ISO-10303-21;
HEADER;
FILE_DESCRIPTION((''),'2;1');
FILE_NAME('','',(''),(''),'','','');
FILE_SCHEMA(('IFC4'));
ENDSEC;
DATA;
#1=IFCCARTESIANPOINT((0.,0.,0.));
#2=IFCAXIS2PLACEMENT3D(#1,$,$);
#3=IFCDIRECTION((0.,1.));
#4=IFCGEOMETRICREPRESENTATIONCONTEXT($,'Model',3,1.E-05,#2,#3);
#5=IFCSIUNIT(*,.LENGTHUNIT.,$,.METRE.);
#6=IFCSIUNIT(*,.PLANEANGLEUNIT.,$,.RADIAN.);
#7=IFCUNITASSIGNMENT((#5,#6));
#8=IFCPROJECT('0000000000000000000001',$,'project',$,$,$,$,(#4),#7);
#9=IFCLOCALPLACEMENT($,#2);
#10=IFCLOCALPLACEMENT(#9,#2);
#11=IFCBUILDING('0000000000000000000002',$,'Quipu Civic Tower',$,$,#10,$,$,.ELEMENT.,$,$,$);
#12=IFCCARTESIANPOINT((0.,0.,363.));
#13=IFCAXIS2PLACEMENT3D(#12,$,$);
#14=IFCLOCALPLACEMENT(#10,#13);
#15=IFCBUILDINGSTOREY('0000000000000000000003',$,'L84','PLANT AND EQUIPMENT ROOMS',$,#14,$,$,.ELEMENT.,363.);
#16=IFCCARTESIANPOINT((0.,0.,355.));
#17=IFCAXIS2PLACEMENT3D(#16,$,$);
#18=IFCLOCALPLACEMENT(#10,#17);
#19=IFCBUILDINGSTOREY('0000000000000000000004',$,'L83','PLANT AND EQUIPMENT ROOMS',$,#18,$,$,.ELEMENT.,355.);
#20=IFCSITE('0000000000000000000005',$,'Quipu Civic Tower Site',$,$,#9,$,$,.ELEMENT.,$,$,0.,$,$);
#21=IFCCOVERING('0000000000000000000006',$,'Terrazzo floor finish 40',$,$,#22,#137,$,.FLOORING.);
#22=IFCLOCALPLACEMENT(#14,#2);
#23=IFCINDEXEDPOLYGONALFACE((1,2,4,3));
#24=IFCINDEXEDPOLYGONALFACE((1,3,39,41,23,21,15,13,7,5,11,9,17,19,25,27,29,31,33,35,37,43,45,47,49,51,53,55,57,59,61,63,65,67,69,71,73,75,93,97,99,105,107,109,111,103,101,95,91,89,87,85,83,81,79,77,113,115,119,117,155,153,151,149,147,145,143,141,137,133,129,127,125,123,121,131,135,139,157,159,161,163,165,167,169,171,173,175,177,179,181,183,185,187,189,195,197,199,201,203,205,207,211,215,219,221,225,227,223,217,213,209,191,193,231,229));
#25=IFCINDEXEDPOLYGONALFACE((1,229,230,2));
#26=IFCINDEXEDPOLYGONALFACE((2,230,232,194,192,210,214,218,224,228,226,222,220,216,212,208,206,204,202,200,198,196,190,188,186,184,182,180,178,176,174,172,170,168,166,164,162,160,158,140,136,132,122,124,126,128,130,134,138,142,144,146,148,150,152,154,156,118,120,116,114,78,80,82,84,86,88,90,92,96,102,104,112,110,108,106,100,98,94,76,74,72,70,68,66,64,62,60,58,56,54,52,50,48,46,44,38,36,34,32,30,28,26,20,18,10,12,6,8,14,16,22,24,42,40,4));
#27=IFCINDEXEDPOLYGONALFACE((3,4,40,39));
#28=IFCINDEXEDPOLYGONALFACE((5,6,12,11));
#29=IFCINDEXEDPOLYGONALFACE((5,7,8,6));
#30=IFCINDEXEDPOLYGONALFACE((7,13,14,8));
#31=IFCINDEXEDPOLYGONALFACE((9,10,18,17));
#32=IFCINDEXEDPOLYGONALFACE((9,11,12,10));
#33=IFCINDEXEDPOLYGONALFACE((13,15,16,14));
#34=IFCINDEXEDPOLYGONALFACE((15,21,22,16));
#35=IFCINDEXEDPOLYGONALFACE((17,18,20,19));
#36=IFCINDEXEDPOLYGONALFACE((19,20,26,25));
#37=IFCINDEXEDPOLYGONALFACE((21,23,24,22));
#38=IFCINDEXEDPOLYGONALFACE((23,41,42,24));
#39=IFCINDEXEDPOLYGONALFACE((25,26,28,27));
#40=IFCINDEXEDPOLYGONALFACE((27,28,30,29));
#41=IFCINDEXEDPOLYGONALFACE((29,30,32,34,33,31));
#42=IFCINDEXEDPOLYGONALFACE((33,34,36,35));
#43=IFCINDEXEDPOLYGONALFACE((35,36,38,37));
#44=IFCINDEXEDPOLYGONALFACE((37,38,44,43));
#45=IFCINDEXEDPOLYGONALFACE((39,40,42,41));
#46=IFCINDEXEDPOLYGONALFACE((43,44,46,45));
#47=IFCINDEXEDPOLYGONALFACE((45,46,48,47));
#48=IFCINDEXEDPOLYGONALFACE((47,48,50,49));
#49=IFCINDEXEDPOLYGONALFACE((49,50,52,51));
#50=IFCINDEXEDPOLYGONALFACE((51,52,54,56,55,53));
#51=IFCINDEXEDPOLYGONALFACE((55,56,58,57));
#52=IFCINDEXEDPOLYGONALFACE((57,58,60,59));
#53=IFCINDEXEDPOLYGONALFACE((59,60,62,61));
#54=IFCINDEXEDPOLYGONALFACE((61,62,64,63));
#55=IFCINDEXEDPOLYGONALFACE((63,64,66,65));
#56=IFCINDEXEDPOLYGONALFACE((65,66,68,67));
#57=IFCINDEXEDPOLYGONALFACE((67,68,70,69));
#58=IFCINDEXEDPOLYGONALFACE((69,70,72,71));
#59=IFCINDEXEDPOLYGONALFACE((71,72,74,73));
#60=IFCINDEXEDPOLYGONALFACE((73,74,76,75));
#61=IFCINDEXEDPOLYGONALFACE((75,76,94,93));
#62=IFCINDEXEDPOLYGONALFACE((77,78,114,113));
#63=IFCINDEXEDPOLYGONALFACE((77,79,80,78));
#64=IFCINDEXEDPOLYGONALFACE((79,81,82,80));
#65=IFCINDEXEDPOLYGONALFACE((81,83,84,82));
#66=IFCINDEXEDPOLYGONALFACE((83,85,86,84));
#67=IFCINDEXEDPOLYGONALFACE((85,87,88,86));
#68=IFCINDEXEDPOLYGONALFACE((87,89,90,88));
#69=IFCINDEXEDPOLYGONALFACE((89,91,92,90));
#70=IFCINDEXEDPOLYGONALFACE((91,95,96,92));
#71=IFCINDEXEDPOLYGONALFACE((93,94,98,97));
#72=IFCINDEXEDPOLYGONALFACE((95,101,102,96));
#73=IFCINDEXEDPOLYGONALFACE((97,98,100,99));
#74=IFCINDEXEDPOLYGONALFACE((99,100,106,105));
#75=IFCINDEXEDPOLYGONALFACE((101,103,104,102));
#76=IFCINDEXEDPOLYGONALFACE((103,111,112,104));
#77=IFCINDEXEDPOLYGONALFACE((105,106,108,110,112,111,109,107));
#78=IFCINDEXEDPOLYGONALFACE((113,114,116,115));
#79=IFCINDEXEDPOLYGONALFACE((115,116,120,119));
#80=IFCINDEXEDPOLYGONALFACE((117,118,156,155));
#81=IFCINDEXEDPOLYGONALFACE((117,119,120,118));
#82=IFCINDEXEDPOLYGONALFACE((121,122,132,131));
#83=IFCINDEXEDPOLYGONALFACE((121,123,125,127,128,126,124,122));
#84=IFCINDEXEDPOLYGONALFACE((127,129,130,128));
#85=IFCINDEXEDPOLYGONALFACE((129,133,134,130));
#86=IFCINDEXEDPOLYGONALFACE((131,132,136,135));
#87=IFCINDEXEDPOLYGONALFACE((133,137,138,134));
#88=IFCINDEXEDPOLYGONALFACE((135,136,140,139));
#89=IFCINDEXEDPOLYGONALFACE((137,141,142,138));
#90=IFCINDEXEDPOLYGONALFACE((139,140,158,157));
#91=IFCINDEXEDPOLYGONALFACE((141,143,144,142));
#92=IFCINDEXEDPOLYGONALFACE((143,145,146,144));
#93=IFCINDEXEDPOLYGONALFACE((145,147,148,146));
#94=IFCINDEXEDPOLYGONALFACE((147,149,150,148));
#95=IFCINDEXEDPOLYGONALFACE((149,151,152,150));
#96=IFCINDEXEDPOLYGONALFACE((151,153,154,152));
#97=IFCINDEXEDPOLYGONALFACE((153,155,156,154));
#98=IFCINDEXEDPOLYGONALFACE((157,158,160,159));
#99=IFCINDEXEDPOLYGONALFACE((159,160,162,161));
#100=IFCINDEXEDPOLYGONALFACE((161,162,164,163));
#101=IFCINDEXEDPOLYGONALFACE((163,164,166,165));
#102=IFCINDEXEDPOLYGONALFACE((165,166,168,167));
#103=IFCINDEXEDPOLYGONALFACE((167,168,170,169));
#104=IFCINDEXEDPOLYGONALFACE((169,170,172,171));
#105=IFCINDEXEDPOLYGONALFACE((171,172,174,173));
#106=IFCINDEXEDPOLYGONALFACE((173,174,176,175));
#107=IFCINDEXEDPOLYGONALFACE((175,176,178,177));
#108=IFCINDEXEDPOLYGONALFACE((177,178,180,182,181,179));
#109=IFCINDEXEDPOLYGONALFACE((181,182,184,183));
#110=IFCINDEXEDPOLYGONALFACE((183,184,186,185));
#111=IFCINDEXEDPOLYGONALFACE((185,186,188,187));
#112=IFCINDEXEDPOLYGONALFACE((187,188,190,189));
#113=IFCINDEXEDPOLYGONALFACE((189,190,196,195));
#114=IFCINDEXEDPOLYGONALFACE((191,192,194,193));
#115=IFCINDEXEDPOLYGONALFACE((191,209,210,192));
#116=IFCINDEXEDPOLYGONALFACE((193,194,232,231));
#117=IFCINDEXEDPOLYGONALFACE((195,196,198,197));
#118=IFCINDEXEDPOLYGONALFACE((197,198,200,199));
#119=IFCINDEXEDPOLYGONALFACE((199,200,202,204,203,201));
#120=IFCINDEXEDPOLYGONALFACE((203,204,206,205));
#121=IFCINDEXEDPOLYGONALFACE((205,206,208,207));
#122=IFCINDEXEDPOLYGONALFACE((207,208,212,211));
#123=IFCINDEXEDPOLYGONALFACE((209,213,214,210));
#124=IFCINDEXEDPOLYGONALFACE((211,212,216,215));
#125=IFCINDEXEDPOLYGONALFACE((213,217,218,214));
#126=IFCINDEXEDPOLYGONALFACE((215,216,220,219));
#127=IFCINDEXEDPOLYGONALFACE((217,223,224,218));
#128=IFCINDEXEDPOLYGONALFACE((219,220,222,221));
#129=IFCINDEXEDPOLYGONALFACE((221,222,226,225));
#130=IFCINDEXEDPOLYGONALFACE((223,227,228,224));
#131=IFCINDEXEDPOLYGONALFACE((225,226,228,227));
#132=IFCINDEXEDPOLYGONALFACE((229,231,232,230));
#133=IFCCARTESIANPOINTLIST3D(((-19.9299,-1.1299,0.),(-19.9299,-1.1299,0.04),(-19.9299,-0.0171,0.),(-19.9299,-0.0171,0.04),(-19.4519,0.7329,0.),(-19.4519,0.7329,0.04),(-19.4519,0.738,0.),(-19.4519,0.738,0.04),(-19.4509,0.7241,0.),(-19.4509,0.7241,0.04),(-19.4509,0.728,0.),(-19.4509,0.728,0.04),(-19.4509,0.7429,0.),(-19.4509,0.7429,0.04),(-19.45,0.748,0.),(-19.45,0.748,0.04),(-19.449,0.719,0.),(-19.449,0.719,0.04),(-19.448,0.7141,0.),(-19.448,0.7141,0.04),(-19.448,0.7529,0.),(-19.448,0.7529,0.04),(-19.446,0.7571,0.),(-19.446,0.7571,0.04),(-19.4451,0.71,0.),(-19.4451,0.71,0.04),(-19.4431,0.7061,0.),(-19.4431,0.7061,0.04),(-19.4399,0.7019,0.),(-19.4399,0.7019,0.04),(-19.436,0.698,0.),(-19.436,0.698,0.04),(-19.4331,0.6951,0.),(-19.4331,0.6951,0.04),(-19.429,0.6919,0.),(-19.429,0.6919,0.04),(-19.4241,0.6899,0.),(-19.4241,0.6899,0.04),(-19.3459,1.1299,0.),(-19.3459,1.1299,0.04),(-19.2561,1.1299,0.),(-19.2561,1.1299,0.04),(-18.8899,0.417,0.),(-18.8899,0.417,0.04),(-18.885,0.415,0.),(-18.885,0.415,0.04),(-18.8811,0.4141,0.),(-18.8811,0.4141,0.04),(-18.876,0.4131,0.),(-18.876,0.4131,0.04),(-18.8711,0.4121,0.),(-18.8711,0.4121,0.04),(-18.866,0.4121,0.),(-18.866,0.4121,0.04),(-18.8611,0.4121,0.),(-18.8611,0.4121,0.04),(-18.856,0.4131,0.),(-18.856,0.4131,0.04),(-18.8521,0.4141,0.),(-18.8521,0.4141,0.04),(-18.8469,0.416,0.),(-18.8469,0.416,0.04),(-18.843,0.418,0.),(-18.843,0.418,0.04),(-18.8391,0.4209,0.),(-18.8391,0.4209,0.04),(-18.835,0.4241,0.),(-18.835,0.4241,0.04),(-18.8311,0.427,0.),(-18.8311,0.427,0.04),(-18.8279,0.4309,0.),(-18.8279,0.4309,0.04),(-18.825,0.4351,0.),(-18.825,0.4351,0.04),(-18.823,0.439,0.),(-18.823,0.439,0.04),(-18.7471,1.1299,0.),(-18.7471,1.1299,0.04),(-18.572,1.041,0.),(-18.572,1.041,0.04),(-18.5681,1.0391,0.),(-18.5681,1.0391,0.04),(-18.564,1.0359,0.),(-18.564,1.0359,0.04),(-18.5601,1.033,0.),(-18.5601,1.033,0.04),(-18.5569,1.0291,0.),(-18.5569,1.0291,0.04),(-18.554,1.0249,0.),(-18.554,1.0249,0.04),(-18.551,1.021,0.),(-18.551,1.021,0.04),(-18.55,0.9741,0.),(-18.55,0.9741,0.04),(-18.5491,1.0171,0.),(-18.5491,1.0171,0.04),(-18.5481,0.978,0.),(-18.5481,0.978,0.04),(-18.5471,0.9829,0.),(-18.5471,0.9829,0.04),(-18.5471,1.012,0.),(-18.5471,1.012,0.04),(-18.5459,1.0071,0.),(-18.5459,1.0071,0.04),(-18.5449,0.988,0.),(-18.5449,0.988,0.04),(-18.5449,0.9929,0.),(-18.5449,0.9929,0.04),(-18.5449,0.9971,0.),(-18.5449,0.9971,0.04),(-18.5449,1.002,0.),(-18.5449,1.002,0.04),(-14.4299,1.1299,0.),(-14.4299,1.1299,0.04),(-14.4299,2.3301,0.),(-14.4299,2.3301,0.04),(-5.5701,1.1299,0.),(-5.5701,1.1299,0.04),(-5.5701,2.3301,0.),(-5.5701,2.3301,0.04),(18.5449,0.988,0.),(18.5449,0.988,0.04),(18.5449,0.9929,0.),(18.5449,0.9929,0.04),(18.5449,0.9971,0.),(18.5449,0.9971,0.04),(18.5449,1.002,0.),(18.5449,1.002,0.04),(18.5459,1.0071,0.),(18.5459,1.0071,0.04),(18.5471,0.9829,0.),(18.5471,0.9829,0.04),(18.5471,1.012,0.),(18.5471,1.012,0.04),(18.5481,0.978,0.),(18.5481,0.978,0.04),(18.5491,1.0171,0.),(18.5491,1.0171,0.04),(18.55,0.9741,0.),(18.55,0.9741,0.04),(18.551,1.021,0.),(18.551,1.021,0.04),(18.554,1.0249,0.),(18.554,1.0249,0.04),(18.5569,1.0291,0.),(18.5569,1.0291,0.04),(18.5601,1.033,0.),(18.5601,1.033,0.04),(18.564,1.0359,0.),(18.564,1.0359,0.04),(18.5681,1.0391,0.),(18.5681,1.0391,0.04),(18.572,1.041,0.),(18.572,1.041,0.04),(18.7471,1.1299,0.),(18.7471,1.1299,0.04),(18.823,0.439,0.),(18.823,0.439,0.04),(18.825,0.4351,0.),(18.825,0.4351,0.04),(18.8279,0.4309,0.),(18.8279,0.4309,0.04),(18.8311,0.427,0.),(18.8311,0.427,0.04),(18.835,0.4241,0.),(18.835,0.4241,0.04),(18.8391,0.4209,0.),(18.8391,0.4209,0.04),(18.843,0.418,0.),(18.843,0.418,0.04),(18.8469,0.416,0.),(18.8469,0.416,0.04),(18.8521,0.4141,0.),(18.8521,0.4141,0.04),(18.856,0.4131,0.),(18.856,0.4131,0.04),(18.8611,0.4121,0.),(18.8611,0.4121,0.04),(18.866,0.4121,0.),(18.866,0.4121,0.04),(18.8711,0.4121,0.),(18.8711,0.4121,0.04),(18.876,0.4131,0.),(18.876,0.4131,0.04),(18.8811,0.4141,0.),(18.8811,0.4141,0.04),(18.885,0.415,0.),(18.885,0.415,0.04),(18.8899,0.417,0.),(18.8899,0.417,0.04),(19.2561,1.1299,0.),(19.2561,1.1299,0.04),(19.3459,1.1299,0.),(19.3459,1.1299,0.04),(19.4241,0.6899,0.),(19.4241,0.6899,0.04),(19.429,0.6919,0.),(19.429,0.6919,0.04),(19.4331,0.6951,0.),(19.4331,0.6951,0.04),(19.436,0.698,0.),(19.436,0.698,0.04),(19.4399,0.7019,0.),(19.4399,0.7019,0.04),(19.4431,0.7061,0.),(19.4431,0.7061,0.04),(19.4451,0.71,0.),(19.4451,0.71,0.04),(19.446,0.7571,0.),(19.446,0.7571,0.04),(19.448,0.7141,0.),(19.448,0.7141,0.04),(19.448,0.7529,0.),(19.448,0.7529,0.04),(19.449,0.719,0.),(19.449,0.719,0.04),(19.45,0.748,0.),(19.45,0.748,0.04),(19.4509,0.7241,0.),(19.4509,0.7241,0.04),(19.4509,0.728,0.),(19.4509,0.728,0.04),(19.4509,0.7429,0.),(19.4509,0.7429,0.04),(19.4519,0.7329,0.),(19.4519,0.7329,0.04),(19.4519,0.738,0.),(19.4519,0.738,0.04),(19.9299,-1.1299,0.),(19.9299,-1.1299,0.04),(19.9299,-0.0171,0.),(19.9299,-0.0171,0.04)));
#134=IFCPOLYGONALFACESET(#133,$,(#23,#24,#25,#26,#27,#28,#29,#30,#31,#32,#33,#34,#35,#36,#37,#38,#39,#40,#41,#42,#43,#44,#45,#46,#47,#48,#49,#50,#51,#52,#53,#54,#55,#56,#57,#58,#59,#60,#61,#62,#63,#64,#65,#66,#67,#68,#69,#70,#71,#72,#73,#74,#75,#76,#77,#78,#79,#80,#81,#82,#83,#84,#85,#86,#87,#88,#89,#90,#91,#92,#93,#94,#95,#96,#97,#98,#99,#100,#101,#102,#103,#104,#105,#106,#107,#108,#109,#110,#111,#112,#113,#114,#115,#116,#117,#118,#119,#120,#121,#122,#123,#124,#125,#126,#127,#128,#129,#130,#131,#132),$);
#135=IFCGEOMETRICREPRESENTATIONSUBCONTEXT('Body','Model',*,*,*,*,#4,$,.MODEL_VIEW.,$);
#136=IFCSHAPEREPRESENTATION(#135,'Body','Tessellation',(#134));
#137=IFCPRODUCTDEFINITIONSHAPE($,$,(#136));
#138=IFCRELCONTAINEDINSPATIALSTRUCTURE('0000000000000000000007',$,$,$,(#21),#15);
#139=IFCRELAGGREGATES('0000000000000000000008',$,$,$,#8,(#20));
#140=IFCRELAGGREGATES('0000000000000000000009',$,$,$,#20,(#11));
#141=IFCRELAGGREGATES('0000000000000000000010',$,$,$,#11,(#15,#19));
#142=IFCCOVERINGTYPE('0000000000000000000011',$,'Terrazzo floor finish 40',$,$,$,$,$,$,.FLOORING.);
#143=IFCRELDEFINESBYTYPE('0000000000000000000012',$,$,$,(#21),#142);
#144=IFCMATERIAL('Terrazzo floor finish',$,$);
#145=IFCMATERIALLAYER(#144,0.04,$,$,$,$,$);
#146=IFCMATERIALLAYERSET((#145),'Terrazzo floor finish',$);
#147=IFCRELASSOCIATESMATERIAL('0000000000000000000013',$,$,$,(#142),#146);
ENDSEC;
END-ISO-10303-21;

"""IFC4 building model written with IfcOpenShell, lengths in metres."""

from ifc_helpers import new_model, si_unit, direction, frame, origin, place, context, subcontext, project, spatial, polyline, outline, extrude, material, layer, layer_set, type_object, element, save


model = new_model("IFC4")

# Units and contexts
model_context = context("Model", 3, precision=1e-05, world=origin(), true_north=direction((0.0, 1.0)))
body_context = subcontext(model_context, "Body", "Model", "MODEL_VIEW")
ifc_project = project(units=[si_unit("LENGTHUNIT", "METRE"), si_unit("PLANEANGLEUNIT", "RADIAN")], contexts=[model_context])

# Site, building, storey
site_placement = place(None, origin())
site = spatial("IfcSite", under=ifc_project, at=site_placement, Name="Quipu Civic Tower Site", CompositionType="ELEMENT", RefElevation=0.0)
building_placement = place(site_placement, origin())
building = spatial("IfcBuilding", under=site, at=building_placement, Name="Quipu Civic Tower", CompositionType="ELEMENT")
storey_1_placement = place(building_placement, frame((0.0, 0.0, 363.0)))
storey_1 = spatial("IfcBuildingStorey", under=building, at=storey_1_placement, Name="L84", Description="PLANT AND EQUIPMENT ROOMS", CompositionType="ELEMENT", Elevation=363.0)

# Shared definitions
storey_2_placement = place(building_placement, frame((0.0, 0.0, 355.0)))
storey_2 = spatial("IfcBuildingStorey", under=building, at=storey_2_placement, Name="L83", Description="PLANT AND EQUIPMENT ROOMS", CompositionType="ELEMENT", Elevation=355.0)

# Covering
ifc_material_1 = material(Name="Terrazzo floor finish")
ifc_layer_1 = layer(ifc_material_1, 0.04)
ifc_layer_set_1 = layer_set([ifc_layer_1], Name="Terrazzo floor finish")
covering_type_1 = type_object("IfcCoveringType", Name="Terrazzo floor finish 40", PredefinedType="FLOORING", material=ifc_layer_set_1)
covering_1_placement = place(storey_1_placement, origin())
element("IfcCovering", 1, at=covering_1_placement, inside=storey_1, type_object=covering_type_1, Name="Terrazzo floor finish 40", PredefinedType="FLOORING", context=body_context, shape_type="SweptSolid", body=[
    extrude(outline(polyline([(-19.9299, -0.0171), (-19.3459, 1.1299), (-19.2561, 1.1299), (-19.446, 0.7571), (-19.448, 0.7529), (-19.45, 0.748), (-19.4509, 0.7429), (-19.4519, 0.738), (-19.4519, 0.7329), (-19.4509, 0.728), (-19.4509, 0.7241), (-19.449, 0.719), (-19.448, 0.7141), (-19.4451, 0.71), (-19.4431, 0.7061), (-19.4399, 0.7019), (-19.436, 0.698), (-19.4331, 0.6951), (-19.429, 0.6919), (-19.4241, 0.6899), (-18.8899, 0.417), (-18.885, 0.415), (-18.8811, 0.4141), (-18.876, 0.4131), (-18.8711, 0.4121), (-18.866, 0.4121), (-18.8611, 0.4121), (-18.856, 0.4131), (-18.8521, 0.4141), (-18.8469, 0.416), (-18.843, 0.418), (-18.8391, 0.4209), (-18.835, 0.4241), (-18.8311, 0.427), (-18.8279, 0.4309), (-18.825, 0.4351), (-18.823, 0.439), (-18.55, 0.9741), (-18.5481, 0.978), (-18.5471, 0.9829), (-18.5449, 0.988), (-18.5449, 0.9929), (-18.5449, 0.9971), (-18.5449, 1.002), (-18.5459, 1.0071), (-18.5471, 1.012), (-18.5491, 1.0171), (-18.551, 1.021), (-18.554, 1.0249), (-18.5569, 1.0291), (-18.5601, 1.033), (-18.564, 1.0359), (-18.5681, 1.0391), (-18.572, 1.041), (-18.7471, 1.1299), (-14.4299, 1.1299), (-14.4299, 2.3301), (-5.5701, 2.3301), (-5.5701, 1.1299), (18.7471, 1.1299), (18.572, 1.041), (18.5681, 1.0391), (18.564, 1.0359), (18.5601, 1.033), (18.5569, 1.0291), (18.554, 1.0249), (18.551, 1.021), (18.5491, 1.0171), (18.5471, 1.012), (18.5459, 1.0071), (18.5449, 1.002), (18.5449, 0.9971), (18.5449, 0.9929), (18.5449, 0.988), (18.5471, 0.9829), (18.5481, 0.978), (18.55, 0.9741), (18.823, 0.439), (18.825, 0.4351), (18.8279, 0.4309), (18.8311, 0.427), (18.835, 0.4241), (18.8391, 0.4209), (18.843, 0.418), (18.8469, 0.416), (18.8521, 0.4141), (18.856, 0.4131), (18.8611, 0.4121), (18.866, 0.4121), (18.8711, 0.4121), (18.876, 0.4131), (18.8811, 0.4141), (18.885, 0.415), (18.8899, 0.417), (19.4241, 0.6899), (19.429, 0.6919), (19.4331, 0.6951), (19.436, 0.698), (19.4399, 0.7019), (19.4431, 0.7061), (19.4451, 0.71), (19.448, 0.7141), (19.449, 0.719), (19.4509, 0.7241), (19.4509, 0.728), (19.4519, 0.7329), (19.4519, 0.738), (19.4509, 0.7429), (19.45, 0.748), (19.448, 0.7529), (19.446, 0.7571), (19.2561, 1.1299), (19.3459, 1.1299), (19.9299, -0.0171), (19.9299, -1.1299), (-19.9299, -1.1299), (-19.9299, -0.0171)])), origin(), (0.0, 0.0, 1.0), 0.04),
])

save(model, "model.ifc")
